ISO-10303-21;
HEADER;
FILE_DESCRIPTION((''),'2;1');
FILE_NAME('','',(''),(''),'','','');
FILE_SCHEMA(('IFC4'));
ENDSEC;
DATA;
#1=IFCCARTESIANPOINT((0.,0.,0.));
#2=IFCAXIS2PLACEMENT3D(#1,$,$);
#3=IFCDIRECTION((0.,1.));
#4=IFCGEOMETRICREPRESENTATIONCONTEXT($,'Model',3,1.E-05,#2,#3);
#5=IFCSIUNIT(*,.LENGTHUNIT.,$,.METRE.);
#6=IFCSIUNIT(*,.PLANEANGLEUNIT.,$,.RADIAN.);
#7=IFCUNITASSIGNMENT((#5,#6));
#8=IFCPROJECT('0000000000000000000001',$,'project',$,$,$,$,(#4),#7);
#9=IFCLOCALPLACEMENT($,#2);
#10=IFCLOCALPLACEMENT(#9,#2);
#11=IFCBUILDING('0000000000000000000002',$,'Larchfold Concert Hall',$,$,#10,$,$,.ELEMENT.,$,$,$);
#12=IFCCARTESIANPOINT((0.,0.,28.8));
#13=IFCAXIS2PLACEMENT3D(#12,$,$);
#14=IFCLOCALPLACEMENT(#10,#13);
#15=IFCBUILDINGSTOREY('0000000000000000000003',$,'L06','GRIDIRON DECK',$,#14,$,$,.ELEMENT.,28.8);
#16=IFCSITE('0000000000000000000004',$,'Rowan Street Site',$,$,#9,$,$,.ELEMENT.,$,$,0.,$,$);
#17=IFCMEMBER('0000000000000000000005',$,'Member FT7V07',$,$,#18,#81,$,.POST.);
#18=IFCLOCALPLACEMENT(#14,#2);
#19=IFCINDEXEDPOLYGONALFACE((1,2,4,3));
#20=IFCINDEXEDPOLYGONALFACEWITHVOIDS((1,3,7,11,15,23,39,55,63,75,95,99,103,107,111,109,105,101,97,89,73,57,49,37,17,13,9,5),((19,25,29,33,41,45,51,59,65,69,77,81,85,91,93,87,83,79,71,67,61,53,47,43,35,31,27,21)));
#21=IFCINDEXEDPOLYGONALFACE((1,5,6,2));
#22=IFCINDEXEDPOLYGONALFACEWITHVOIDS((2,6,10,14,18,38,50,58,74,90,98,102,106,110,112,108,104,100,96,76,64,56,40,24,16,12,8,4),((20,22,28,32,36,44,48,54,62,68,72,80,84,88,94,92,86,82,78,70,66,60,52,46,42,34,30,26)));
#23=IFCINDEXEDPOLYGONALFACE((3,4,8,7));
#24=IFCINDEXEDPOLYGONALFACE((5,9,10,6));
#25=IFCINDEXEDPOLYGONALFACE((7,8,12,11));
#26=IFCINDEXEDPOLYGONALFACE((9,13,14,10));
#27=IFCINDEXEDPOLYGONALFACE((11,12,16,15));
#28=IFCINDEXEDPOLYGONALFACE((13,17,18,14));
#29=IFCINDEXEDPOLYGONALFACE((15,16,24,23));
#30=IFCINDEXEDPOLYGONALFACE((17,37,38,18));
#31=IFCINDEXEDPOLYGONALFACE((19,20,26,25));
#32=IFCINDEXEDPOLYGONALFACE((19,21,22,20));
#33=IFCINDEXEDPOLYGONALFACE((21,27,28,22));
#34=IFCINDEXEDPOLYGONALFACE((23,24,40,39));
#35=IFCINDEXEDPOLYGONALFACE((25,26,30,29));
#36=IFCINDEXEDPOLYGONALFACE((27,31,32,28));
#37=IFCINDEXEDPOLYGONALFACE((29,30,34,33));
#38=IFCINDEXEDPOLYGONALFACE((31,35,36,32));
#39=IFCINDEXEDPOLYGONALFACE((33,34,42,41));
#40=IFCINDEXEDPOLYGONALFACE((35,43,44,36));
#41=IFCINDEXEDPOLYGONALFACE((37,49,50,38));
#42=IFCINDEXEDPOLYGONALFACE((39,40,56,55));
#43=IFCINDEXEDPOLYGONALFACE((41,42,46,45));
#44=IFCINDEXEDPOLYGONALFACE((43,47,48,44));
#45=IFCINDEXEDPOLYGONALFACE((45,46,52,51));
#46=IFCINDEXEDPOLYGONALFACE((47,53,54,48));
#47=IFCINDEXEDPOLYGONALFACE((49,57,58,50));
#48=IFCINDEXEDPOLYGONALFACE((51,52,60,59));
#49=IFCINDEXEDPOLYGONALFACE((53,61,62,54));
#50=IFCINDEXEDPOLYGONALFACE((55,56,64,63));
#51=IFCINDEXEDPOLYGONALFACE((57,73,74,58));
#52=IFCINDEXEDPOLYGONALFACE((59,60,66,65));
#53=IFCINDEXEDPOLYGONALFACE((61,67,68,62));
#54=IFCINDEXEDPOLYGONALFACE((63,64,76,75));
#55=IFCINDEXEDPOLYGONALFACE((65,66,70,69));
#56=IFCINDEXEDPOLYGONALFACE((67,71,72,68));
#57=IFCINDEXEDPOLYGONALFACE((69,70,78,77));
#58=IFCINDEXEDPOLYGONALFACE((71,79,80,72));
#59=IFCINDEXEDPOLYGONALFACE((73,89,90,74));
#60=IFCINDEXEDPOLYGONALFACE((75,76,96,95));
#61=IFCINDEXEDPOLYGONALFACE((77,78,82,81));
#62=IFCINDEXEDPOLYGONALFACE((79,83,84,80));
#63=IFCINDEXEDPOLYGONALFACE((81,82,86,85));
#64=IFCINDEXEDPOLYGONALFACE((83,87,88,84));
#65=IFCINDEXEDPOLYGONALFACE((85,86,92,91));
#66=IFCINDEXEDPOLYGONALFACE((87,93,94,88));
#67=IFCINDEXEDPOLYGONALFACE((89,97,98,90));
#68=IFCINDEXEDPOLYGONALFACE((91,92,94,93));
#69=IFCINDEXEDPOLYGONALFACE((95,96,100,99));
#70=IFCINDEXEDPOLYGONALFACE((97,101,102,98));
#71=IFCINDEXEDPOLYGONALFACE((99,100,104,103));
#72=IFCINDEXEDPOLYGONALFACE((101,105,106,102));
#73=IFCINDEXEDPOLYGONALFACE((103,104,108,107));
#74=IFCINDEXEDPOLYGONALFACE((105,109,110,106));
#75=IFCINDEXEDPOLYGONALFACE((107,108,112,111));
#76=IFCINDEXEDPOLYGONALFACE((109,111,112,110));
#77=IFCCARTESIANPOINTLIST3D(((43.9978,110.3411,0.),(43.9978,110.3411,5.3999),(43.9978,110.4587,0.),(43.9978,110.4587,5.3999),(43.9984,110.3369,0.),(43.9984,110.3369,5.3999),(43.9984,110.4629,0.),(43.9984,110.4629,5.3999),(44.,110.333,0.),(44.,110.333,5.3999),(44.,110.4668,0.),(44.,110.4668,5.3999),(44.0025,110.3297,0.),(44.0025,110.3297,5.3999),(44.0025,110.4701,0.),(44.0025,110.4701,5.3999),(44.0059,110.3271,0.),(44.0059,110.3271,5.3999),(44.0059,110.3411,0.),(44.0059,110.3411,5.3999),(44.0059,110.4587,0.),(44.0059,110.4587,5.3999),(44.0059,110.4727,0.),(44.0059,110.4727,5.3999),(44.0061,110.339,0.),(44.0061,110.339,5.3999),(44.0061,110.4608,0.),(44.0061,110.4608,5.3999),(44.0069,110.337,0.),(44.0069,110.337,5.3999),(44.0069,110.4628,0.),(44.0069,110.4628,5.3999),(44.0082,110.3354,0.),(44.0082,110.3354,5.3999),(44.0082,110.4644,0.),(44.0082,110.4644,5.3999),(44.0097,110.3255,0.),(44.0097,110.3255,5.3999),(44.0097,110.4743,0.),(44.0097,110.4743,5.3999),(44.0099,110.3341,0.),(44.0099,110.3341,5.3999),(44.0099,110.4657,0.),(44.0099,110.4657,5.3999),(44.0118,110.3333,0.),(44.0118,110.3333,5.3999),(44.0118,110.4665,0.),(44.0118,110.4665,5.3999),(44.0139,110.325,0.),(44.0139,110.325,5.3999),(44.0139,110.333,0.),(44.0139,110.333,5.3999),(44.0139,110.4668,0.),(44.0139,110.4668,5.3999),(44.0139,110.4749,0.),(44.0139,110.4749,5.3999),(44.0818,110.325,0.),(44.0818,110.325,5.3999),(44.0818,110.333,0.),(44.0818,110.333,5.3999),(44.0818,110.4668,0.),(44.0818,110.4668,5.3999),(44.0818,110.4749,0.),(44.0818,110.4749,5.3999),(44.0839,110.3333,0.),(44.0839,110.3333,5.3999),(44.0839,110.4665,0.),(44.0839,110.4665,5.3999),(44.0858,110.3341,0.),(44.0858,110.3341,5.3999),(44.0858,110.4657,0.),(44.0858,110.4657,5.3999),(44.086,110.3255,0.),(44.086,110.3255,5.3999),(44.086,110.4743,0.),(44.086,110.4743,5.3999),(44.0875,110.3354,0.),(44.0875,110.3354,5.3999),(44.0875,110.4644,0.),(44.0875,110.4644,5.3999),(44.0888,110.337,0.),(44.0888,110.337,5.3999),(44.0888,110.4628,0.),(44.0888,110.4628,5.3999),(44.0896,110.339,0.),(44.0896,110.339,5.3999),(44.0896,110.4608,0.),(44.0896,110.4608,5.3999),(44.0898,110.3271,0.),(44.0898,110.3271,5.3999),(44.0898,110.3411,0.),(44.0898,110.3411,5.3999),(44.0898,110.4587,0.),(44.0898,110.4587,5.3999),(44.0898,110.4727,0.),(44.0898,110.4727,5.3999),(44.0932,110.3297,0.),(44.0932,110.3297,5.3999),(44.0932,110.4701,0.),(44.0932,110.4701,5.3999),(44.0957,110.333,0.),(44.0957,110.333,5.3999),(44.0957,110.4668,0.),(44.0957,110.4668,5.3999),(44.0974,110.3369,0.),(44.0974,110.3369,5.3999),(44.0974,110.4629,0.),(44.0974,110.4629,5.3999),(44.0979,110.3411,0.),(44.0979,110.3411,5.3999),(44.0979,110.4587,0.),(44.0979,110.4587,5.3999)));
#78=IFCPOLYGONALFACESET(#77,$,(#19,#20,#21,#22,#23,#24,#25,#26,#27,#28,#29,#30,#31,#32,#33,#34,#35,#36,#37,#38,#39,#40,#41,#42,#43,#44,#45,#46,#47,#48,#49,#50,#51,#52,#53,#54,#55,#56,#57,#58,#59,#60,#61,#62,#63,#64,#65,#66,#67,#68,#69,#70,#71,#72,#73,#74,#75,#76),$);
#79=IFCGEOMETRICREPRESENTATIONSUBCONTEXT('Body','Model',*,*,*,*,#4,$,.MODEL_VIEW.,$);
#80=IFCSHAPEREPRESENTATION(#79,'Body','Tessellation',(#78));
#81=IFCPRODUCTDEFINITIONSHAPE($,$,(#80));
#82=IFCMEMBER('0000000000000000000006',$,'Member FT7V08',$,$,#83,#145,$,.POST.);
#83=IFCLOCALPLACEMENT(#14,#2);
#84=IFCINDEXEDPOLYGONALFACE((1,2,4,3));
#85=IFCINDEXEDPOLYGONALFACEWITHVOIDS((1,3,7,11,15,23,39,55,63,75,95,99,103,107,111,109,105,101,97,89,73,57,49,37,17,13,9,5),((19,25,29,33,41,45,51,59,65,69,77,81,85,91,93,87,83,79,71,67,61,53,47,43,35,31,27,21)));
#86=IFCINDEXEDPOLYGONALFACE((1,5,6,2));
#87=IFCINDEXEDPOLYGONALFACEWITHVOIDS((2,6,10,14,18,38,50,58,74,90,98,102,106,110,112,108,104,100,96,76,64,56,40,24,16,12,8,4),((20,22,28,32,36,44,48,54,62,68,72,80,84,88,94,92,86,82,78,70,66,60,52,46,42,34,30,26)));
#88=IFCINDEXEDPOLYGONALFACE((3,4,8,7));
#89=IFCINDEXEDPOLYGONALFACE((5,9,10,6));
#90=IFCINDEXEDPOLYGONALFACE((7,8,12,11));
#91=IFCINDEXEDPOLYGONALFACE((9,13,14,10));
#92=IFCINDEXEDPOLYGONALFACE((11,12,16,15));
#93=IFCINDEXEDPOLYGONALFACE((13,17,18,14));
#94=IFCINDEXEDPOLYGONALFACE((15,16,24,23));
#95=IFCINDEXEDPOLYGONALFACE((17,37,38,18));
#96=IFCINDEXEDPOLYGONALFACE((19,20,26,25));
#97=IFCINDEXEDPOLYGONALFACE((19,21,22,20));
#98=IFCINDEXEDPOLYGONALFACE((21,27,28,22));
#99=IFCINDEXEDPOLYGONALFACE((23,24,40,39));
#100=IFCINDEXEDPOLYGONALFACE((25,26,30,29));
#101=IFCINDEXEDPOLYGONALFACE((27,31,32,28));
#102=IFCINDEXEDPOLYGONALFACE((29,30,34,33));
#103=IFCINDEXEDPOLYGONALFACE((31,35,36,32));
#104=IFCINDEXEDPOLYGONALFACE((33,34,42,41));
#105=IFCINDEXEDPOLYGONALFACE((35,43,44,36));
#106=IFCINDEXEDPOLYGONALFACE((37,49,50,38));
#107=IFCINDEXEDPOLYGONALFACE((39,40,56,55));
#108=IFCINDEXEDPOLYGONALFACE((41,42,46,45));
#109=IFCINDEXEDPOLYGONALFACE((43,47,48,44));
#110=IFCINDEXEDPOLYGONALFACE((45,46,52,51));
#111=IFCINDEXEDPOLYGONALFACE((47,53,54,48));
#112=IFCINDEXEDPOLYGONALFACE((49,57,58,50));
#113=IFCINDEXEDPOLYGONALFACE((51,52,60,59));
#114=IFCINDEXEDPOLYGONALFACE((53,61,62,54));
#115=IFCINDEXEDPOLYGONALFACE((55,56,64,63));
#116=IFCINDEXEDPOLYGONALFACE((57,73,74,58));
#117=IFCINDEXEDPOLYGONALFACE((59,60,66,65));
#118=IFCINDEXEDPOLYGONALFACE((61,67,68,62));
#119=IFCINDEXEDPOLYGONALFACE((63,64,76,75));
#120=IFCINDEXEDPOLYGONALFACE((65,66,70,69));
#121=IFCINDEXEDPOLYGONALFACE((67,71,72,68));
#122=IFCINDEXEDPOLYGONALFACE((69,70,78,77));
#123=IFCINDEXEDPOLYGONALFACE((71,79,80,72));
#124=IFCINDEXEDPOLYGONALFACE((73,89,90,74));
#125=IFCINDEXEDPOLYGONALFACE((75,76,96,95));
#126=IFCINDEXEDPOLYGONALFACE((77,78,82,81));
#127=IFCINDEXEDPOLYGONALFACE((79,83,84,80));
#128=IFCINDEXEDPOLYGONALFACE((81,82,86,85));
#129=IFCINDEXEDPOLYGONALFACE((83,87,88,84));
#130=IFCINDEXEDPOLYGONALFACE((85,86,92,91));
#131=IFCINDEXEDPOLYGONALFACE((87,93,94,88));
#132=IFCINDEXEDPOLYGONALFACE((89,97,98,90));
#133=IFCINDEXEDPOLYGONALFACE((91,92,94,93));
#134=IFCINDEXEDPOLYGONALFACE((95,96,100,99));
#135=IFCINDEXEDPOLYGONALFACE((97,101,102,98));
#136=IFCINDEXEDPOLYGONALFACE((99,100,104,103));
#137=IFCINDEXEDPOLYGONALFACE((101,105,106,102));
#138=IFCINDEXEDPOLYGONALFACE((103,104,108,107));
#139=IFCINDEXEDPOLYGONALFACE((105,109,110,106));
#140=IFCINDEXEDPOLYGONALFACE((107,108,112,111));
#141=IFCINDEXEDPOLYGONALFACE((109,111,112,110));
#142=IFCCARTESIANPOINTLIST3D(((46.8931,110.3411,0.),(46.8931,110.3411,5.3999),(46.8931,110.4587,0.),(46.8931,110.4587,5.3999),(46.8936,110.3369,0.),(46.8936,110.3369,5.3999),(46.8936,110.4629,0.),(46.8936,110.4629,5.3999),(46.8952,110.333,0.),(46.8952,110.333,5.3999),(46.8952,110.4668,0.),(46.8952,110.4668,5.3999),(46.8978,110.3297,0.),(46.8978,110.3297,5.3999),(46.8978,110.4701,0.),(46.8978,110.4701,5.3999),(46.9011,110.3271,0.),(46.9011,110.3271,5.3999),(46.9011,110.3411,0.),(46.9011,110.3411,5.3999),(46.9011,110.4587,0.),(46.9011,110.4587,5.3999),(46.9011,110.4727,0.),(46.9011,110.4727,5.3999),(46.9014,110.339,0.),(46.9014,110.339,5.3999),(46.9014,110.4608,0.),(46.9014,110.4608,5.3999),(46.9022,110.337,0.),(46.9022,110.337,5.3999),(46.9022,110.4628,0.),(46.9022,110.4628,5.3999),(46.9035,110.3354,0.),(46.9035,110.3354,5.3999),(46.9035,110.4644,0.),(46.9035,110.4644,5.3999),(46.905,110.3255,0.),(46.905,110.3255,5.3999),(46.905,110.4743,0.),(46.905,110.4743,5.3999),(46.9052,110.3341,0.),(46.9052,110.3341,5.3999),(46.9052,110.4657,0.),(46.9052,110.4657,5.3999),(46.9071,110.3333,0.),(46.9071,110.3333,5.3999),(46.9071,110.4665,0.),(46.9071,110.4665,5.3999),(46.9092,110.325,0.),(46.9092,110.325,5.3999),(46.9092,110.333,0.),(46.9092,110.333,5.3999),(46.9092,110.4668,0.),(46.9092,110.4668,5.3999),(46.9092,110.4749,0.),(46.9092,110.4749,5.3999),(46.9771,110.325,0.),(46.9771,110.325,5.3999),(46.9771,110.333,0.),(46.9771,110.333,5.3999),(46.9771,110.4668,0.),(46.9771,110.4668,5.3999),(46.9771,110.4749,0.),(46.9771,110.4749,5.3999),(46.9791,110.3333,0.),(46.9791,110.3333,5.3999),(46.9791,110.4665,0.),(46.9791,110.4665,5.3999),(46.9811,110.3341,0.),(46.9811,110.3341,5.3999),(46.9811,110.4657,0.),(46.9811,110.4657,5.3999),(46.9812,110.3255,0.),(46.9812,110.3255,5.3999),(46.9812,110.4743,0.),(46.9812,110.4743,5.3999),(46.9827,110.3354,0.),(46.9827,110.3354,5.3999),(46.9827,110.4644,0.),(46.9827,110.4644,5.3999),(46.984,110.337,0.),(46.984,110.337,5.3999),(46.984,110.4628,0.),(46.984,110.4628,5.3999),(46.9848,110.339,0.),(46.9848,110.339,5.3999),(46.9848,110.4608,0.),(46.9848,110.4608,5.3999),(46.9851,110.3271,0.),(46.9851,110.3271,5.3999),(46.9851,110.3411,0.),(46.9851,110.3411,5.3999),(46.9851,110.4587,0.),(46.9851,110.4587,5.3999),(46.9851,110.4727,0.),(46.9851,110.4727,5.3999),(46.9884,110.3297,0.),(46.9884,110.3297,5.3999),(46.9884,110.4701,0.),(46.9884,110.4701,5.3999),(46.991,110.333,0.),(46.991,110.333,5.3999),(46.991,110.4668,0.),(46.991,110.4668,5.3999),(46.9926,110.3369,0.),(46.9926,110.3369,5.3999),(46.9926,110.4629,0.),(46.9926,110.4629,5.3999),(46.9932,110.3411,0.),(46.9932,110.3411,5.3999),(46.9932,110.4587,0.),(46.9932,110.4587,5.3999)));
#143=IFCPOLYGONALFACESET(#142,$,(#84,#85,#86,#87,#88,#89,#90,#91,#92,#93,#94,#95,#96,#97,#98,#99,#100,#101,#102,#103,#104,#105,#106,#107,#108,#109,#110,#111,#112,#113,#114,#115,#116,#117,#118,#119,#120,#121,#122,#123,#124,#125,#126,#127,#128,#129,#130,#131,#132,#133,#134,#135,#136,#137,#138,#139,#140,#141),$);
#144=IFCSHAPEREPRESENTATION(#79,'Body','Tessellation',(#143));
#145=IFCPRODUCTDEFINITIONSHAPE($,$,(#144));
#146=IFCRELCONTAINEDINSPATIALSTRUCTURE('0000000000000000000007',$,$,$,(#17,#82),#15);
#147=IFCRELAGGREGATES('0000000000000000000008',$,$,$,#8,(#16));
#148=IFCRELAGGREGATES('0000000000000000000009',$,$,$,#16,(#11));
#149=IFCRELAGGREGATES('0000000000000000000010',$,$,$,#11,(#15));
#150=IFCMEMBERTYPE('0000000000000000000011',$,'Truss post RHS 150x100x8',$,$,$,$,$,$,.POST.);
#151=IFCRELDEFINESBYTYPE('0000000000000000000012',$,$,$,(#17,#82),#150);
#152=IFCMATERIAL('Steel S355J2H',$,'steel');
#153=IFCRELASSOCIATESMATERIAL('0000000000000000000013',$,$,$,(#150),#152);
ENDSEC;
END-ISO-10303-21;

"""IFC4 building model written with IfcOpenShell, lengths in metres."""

from ifc_helpers import new_model, si_unit, direction, frame, origin, origin_2d, place, context, subcontext, project, spatial, hollow_rectangle, extrude, material, material_profile, profile_set, type_object, element, save


model = new_model("IFC4")

# Units and contexts
model_context = context("Model", 3, precision=1e-05, world=origin(), true_north=direction((0.0, 1.0)))
body_context = subcontext(model_context, "Body", "Model", "MODEL_VIEW")
ifc_project = project(units=[si_unit("LENGTHUNIT", "METRE"), si_unit("PLANEANGLEUNIT", "RADIAN")], contexts=[model_context])

# Site, building, storey
site_placement = place(None, origin())
site = spatial("IfcSite", under=ifc_project, at=site_placement, Name="Rowan Street Site", CompositionType="ELEMENT", RefElevation=0.0)
building_placement = place(site_placement, origin())
building = spatial("IfcBuilding", under=site, at=building_placement, Name="Larchfold Concert Hall", CompositionType="ELEMENT")
storey_placement = place(building_placement, frame((0.0, 0.0, 28.8)))
storey = spatial("IfcBuildingStorey", under=building, at=storey_placement, Name="L06", Description="GRIDIRON DECK", CompositionType="ELEMENT", Elevation=28.8)

# Members
ifc_material_1 = material(Name="Steel S355J2H", Category="steel")
ifc_material_profile_1 = material_profile(ifc_material_1, hollow_rectangle(XDim=0.1001, YDim=0.1499, WallThickness=0.0081, InnerFilletRadius=0.0081, OuterFilletRadius=0.0161, at=origin_2d()))
ifc_profile_set_1 = profile_set([ifc_material_profile_1], Name="Steel S355J2H")
member_type_1 = type_object("IfcMemberType", Name="Truss post RHS 150x100x8", PredefinedType="POST", material=ifc_profile_set_1)
for number, where, z_axis, x_axis, name in (
    (1, (44.0479, 110.3999, 5.3999), (0.0, 0.0, -1.0), (1.0, 0.0, 0.0), "Member FT7V07"),
    (2, (46.9431, 110.3999, 5.3999), (0.0, 0.0, -1.0), (1.0, 0.0, 0.0), "Member FT7V08"),
):
    element("IfcMember", number, at=place(storey_placement, frame(where, z_axis=z_axis, x_axis=x_axis)), inside=storey, type_object=member_type_1, Name=name, PredefinedType="POST", context=body_context, shape_type="SweptSolid", body=[
        extrude(hollow_rectangle(XDim=0.1001, YDim=0.1499, WallThickness=0.0081, InnerFilletRadius=0.0081, OuterFilletRadius=0.0161, at=origin_2d()), origin(), (0.0, 0.0, 1.0), 5.3999),
    ])

save(model, "model.ifc")
